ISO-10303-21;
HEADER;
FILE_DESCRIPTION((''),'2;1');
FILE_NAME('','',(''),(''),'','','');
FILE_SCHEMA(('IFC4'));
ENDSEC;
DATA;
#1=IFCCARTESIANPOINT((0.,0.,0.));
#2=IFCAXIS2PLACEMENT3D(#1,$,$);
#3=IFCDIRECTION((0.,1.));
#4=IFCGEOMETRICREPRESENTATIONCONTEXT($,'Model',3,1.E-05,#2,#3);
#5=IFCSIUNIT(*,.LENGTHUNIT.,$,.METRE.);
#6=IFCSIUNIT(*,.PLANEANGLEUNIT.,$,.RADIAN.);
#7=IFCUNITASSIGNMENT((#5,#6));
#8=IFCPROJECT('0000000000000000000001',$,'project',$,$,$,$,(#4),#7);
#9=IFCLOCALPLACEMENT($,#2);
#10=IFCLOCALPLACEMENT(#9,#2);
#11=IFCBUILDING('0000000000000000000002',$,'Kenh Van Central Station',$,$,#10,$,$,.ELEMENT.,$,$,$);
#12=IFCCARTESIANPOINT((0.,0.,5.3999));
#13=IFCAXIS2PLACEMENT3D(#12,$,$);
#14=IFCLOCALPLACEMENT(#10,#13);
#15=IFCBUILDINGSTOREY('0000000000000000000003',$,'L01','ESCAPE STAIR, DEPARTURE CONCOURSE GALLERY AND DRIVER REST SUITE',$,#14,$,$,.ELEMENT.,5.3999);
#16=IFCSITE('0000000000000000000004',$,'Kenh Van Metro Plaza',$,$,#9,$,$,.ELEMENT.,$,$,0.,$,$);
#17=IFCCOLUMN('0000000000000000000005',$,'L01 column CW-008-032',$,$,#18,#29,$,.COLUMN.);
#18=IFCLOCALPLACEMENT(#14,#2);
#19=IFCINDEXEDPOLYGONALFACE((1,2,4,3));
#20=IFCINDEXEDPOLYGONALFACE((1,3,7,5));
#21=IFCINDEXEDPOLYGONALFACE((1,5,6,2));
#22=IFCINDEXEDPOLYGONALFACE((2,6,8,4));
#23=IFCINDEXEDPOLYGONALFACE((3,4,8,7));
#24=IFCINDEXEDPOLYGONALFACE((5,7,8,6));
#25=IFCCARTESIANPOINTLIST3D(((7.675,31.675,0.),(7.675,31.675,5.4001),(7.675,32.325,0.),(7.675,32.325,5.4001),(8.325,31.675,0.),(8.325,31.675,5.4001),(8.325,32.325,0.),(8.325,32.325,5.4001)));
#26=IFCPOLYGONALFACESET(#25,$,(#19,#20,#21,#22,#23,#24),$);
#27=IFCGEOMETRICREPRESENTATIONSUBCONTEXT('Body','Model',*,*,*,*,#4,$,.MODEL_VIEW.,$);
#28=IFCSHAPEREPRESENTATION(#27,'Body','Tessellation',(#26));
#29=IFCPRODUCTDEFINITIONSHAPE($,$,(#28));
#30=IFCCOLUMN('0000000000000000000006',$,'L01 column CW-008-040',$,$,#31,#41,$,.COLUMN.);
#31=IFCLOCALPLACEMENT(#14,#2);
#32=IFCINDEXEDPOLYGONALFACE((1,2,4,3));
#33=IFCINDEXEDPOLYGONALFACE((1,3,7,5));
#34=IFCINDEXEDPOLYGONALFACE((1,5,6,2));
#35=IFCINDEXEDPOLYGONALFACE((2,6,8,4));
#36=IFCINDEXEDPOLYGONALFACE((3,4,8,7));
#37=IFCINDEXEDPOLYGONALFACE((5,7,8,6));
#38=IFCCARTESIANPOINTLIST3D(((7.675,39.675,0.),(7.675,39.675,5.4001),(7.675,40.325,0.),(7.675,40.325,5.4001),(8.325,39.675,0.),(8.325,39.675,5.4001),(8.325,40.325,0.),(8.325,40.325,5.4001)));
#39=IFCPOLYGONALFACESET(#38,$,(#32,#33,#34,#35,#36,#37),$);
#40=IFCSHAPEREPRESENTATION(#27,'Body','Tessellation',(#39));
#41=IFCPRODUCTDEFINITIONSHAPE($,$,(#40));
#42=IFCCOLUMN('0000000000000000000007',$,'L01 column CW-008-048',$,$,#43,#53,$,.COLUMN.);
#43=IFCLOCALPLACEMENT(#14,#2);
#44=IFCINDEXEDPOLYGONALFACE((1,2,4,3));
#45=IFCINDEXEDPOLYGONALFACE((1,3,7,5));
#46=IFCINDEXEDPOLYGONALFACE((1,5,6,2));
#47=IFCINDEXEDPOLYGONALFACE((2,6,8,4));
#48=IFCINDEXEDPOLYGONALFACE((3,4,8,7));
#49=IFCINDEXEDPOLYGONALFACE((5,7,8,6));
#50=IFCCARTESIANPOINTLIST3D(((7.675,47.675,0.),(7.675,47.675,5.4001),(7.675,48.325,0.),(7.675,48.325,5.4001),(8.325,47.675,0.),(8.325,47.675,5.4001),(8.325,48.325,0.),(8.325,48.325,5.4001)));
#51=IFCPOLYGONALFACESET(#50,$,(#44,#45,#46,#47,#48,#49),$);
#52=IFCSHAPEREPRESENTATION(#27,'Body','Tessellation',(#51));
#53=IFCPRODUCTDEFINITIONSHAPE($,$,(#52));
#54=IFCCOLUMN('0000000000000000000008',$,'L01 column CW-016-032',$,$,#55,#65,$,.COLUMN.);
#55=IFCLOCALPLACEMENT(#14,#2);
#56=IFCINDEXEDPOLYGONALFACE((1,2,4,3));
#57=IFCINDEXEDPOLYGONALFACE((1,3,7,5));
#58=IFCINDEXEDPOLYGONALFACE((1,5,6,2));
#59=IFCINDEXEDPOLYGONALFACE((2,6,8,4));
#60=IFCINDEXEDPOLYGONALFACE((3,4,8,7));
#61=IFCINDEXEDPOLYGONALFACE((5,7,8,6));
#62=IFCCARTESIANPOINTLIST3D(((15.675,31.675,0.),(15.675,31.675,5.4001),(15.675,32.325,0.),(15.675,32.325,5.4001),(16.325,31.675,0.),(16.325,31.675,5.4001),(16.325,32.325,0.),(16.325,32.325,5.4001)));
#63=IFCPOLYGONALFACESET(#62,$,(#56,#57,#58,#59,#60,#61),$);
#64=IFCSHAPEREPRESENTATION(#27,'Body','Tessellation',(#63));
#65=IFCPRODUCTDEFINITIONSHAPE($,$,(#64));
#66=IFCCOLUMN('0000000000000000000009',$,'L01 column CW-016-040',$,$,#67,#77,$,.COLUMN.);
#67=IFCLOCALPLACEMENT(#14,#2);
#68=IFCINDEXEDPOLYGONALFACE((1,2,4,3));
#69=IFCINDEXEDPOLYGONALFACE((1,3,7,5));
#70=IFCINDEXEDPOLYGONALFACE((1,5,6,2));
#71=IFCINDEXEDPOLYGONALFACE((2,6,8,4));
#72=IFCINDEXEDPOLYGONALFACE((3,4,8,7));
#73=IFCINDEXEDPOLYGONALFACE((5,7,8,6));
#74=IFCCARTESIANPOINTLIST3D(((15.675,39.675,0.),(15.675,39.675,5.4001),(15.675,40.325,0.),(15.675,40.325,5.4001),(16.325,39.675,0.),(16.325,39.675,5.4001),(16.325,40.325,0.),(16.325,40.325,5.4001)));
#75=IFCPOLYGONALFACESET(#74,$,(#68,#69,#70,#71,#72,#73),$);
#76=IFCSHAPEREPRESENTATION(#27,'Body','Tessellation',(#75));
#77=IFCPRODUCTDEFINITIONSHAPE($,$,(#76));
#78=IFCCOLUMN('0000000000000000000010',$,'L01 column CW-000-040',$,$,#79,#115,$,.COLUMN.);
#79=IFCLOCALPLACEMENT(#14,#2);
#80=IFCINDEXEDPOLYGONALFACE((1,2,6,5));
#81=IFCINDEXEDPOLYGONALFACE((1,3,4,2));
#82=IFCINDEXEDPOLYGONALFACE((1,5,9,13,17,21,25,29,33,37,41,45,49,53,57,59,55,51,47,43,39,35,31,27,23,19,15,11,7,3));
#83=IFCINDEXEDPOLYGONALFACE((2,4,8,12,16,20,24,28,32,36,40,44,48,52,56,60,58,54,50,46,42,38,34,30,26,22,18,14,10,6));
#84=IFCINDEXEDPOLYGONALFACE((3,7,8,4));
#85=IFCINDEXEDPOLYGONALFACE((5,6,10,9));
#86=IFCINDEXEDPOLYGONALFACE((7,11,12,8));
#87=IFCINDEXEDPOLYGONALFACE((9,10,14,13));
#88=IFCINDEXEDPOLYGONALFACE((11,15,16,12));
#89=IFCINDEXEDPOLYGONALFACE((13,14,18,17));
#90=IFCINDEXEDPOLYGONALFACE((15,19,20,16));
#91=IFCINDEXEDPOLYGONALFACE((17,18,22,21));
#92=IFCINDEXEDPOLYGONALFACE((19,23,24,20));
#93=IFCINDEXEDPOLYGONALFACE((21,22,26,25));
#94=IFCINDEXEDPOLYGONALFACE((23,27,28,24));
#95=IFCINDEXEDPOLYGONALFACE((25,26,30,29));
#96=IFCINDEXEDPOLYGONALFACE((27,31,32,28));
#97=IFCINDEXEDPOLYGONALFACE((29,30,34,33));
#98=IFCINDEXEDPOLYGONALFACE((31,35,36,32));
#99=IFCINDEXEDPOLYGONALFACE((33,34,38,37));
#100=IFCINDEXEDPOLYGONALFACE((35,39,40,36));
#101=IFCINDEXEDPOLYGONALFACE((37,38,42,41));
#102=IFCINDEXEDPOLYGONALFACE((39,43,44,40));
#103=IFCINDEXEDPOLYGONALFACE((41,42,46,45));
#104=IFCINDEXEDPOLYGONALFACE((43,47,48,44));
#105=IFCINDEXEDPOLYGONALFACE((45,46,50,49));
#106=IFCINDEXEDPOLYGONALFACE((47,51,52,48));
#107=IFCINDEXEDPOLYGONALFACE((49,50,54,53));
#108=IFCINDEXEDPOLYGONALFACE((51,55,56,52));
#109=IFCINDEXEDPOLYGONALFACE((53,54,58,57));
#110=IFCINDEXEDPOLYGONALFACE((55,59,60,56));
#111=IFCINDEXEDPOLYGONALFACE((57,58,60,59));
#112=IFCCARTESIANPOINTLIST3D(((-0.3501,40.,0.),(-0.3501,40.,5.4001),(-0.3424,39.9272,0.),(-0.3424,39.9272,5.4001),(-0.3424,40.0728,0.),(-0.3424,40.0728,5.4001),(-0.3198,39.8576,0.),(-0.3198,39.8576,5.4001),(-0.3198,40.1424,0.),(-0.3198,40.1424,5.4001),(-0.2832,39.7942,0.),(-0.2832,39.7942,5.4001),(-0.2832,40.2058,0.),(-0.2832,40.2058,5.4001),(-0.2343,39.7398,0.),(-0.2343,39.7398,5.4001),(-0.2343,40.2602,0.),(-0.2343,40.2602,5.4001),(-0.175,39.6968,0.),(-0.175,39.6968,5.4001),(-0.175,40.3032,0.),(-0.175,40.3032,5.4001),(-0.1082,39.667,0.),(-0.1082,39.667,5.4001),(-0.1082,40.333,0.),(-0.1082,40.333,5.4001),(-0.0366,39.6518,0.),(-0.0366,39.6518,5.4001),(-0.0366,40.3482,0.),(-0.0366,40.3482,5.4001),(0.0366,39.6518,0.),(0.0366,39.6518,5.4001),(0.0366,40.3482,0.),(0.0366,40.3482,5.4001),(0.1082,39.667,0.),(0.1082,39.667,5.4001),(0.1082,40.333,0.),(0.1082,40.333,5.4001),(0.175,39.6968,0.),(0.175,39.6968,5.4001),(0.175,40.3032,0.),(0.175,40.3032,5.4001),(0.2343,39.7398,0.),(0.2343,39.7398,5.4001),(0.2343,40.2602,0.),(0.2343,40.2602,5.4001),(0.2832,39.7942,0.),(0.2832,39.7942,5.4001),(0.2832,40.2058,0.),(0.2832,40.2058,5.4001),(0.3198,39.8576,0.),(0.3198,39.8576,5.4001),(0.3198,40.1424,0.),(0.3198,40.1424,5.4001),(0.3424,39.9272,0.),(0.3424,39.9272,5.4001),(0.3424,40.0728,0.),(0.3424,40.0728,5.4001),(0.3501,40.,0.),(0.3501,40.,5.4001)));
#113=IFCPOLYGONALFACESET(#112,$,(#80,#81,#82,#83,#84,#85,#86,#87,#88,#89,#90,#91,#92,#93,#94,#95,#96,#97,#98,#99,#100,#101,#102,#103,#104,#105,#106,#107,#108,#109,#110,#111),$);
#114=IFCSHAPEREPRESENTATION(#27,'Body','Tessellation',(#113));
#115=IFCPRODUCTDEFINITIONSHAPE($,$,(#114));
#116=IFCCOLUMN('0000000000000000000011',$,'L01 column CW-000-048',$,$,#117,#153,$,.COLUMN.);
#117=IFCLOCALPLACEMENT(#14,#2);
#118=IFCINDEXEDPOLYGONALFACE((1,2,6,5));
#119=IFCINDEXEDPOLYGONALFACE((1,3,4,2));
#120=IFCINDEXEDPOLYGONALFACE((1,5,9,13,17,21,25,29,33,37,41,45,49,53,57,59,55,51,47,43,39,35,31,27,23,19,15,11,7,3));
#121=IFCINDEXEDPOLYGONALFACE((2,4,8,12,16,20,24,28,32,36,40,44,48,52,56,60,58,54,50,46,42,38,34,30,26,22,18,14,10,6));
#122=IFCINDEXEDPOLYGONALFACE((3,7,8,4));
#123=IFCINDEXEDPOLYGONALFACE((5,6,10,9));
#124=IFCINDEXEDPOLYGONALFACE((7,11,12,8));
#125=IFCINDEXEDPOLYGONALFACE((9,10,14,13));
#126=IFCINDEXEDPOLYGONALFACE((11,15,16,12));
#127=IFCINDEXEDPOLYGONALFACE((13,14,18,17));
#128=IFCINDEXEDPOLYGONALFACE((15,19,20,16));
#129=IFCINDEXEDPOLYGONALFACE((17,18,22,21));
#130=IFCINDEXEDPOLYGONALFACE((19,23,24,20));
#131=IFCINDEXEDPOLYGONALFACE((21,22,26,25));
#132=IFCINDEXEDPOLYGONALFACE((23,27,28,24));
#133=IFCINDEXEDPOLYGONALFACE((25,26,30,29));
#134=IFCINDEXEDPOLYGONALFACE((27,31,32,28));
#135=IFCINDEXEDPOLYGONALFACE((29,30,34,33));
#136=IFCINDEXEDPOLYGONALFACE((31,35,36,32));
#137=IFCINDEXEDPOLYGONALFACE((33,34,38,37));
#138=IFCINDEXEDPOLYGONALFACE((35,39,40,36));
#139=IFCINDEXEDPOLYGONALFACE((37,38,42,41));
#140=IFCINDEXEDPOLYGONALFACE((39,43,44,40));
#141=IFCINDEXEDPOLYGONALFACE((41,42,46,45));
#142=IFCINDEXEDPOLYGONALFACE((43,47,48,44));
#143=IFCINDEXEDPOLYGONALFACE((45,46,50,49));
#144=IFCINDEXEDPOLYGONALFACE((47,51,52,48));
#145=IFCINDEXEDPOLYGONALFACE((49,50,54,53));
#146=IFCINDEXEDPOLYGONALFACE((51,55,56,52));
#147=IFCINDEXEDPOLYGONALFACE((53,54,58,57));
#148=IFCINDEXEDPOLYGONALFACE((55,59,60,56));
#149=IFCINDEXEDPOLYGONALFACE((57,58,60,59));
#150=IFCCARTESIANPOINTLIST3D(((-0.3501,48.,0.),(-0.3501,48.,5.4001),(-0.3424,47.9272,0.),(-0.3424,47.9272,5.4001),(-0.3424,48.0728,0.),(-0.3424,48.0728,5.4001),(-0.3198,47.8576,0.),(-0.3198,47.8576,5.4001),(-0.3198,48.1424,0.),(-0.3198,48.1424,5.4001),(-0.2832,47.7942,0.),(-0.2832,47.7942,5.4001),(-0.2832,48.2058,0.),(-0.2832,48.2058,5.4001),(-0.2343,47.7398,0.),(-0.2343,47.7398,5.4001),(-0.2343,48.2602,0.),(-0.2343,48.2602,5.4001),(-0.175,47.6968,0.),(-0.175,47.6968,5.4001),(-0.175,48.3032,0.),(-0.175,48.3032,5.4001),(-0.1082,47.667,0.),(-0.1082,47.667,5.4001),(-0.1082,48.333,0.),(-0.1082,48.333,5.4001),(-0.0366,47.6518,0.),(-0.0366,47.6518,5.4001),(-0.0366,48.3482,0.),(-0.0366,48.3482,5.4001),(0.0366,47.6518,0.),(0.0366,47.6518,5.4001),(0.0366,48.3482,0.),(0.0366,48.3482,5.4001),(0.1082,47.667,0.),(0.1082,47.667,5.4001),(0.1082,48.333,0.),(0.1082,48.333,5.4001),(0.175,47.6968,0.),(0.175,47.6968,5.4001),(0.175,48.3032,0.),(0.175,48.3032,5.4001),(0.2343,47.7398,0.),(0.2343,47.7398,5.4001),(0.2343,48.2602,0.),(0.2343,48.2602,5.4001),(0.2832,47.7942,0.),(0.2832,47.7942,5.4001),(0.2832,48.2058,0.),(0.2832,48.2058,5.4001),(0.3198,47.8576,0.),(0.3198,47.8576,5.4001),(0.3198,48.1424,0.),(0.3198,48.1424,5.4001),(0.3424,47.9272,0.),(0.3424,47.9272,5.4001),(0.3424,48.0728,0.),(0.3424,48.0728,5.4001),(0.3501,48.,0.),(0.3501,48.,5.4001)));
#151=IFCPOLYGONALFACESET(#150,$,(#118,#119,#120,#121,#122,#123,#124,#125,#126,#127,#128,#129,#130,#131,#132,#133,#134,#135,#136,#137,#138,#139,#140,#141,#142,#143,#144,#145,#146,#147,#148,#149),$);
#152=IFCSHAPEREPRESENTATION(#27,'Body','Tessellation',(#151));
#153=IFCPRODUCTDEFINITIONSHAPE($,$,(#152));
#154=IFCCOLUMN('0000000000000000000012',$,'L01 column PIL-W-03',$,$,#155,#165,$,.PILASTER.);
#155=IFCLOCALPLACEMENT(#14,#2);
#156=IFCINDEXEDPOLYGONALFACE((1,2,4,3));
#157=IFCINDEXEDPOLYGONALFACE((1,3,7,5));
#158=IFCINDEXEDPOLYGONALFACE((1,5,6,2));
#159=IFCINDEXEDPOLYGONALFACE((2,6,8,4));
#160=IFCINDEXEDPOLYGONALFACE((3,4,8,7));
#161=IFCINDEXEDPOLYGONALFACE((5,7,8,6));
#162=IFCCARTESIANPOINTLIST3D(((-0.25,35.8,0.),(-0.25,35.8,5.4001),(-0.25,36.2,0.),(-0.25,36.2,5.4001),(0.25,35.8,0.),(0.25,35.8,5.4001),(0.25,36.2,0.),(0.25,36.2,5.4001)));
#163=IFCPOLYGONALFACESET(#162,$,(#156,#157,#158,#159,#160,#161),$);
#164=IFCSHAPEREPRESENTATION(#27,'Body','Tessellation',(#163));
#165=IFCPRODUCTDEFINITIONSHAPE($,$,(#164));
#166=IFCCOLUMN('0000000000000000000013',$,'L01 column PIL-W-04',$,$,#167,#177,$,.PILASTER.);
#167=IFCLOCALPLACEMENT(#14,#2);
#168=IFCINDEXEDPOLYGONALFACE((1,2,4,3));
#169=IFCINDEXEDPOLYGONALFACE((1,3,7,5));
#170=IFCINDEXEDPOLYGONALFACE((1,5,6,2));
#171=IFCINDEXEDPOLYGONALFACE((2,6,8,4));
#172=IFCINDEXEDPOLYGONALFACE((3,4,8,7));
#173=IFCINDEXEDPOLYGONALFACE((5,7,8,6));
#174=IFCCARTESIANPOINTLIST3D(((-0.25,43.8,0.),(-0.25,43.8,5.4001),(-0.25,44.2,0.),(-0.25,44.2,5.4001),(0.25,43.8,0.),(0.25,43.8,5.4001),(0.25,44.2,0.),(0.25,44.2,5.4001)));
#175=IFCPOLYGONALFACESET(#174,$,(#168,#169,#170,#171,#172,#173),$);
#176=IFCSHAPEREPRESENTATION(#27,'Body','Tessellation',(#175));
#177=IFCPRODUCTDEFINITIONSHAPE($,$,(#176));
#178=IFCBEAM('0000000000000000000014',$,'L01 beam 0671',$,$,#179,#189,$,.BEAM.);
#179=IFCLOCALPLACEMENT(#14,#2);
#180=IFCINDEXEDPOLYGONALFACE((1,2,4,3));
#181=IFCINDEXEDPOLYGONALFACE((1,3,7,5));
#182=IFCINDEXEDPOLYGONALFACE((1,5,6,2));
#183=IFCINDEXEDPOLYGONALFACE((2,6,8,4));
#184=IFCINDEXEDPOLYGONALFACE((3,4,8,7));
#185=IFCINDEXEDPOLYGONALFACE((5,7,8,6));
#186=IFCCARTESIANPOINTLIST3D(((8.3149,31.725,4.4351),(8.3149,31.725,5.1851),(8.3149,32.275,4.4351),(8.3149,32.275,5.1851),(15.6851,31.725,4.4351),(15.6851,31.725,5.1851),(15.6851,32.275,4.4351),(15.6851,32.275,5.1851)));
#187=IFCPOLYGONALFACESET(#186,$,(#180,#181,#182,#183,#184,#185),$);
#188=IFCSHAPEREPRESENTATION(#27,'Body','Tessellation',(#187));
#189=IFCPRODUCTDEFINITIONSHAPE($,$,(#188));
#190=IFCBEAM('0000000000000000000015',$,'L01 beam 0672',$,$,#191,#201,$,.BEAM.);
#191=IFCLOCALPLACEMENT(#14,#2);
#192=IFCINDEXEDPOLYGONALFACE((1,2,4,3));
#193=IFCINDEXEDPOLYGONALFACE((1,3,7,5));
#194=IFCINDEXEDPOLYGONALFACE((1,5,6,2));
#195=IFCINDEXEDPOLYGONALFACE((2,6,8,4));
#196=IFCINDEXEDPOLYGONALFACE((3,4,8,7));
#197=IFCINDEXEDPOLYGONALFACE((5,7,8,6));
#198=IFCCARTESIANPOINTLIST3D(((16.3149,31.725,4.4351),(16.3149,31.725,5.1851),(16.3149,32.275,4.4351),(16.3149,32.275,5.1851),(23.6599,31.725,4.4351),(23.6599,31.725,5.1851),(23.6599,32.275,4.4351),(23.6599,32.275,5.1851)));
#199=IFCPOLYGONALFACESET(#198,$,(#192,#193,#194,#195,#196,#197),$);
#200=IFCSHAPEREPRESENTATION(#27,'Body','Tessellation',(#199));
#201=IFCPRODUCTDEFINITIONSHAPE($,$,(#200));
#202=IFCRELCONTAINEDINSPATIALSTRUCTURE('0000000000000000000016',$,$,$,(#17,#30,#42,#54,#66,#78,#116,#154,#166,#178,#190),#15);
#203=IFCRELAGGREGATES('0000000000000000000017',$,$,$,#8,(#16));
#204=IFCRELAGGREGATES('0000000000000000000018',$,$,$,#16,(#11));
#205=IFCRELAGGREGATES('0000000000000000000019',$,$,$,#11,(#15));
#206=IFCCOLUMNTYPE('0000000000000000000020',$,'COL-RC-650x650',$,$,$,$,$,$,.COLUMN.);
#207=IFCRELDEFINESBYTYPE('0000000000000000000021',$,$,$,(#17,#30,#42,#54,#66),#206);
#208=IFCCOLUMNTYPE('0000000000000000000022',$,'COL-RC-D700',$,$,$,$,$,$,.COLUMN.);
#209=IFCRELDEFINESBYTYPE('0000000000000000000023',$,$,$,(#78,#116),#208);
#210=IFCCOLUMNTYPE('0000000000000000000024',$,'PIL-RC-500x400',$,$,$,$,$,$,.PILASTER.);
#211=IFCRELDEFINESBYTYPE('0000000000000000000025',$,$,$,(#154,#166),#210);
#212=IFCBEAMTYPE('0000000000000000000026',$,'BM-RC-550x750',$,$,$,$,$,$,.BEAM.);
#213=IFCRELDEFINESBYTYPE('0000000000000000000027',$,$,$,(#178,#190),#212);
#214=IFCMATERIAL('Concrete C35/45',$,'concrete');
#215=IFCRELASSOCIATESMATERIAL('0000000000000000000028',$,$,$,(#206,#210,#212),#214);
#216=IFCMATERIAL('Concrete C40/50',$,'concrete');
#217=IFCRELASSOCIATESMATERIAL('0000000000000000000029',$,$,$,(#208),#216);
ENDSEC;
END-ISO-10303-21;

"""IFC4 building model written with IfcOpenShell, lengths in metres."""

from ifc_helpers import new_model, si_unit, direction, frame, origin, origin_2d, place, context, subcontext, project, spatial, rectangle, circle, extrude, material, material_profile, profile_set, type_object, element, save


model = new_model("IFC4")

# Units and contexts
model_context = context("Model", 3, precision=1e-05, world=origin(), true_north=direction((0.0, 1.0)))
body_context = subcontext(model_context, "Body", "Model", "MODEL_VIEW")
ifc_project = project(units=[si_unit("LENGTHUNIT", "METRE"), si_unit("PLANEANGLEUNIT", "RADIAN")], contexts=[model_context])

# Site, building, storey
site_placement = place(None, origin())
site = spatial("IfcSite", under=ifc_project, at=site_placement, Name="Kenh Van Metro Plaza", CompositionType="ELEMENT", RefElevation=0.0)
building_placement = place(site_placement, origin())
building = spatial("IfcBuilding", under=site, at=building_placement, Name="Kenh Van Central Station", CompositionType="ELEMENT")
storey_placement = place(building_placement, frame((0.0, 0.0, 5.3999)))
storey = spatial("IfcBuildingStorey", under=building, at=storey_placement, Name="L01", Description="ESCAPE STAIR, DEPARTURE CONCOURSE GALLERY AND DRIVER REST SUITE", CompositionType="ELEMENT", Elevation=5.3999)

# Columns
ifc_material_1 = material(Name="Concrete C35/45", Category="concrete")
ifc_material_profile_1 = material_profile(ifc_material_1, rectangle(XDim=0.6499, YDim=0.6499, at=origin_2d()), Name="RC 650x650")
ifc_profile_set_1 = profile_set([ifc_material_profile_1], Name="Concrete C35/45")
column_type_1 = type_object("IfcColumnType", Name="COL-RC-650x650", PredefinedType="COLUMN", material=ifc_profile_set_1)
for number, where, z_axis, x_axis, name in (
    (1, (8.0, 32.0, 0.0), (0.0, 0.0, 1.0), (1.0, 0.0, 0.0), "L01 column CW-008-032"),
    (2, (8.0, 40.0, 0.0), (0.0, 0.0, 1.0), (1.0, 0.0, 0.0), "L01 column CW-008-040"),
    (3, (8.0, 48.0, 0.0), (0.0, 0.0, 1.0), (1.0, 0.0, 0.0), "L01 column CW-008-048"),
    (4, (16.0, 32.0, 0.0), (0.0, 0.0, 1.0), (1.0, 0.0, 0.0), "L01 column CW-016-032"),
    (5, (16.0, 40.0, 0.0), (0.0, 0.0, 1.0), (1.0, 0.0, 0.0), "L01 column CW-016-040"),
):
    element("IfcColumn", number, at=place(storey_placement, frame(where, z_axis=z_axis, x_axis=x_axis)), inside=storey, type_object=column_type_1, Name=name, PredefinedType="COLUMN", context=body_context, shape_type="SweptSolid", body=[
        extrude(rectangle(XDim=0.6499, YDim=0.6499, at=origin_2d()), origin(), (0.0, 0.0, 1.0), 5.4001),
    ])
ifc_material_2 = material(Name="Concrete C40/50", Category="concrete")
ifc_material_profile_2 = material_profile(ifc_material_2, circle(Radius=0.3501, at=origin_2d()), Name="RC D700")
ifc_profile_set_2 = profile_set([ifc_material_profile_2], Name="Concrete C40/50")
column_type_2 = type_object("IfcColumnType", Name="COL-RC-D700", PredefinedType="COLUMN", material=ifc_profile_set_2)
for number, where, z_axis, x_axis, name in (
    (6, (0.0, 40.0, 0.0), (0.0, 0.0, 1.0), (1.0, 0.0, 0.0), "L01 column CW-000-040"),
    (7, (0.0, 48.0, 0.0), (0.0, 0.0, 1.0), (1.0, 0.0, 0.0), "L01 column CW-000-048"),
):
    element("IfcColumn", number, at=place(storey_placement, frame(where, z_axis=z_axis, x_axis=x_axis)), inside=storey, type_object=column_type_2, Name=name, PredefinedType="COLUMN", context=body_context, shape_type="SweptSolid", body=[
        extrude(circle(Radius=0.3501, at=origin_2d()), origin(), (0.0, 0.0, 1.0), 5.4001),
    ])
ifc_material_profile_3 = material_profile(ifc_material_1, rectangle(XDim=0.5, YDim=0.3999, at=origin_2d()), Name="RC 500x400")
ifc_profile_set_3 = profile_set([ifc_material_profile_3], Name="Concrete C35/45")
column_type_3 = type_object("IfcColumnType", Name="PIL-RC-500x400", PredefinedType="PILASTER", material=ifc_profile_set_3)
for number, where, z_axis, x_axis, name in (
    (8, (0.0, 36.0, 0.0), (0.0, 0.0, 1.0), (1.0, 0.0, 0.0), "L01 column PIL-W-03"),
    (9, (0.0, 44.0, 0.0), (0.0, 0.0, 1.0), (1.0, 0.0, 0.0), "L01 column PIL-W-04"),
):
    element("IfcColumn", number, at=place(storey_placement, frame(where, z_axis=z_axis, x_axis=x_axis)), inside=storey, type_object=column_type_3, Name=name, PredefinedType="PILASTER", context=body_context, shape_type="SweptSolid", body=[
        extrude(rectangle(XDim=0.5, YDim=0.3999, at=origin_2d()), origin(), (0.0, 0.0, 1.0), 5.4001),
    ])

# Beams
ifc_material_profile_4 = material_profile(ifc_material_1, rectangle(XDim=0.55, YDim=0.75, at=origin_2d()), Name="RC 550x750")
ifc_profile_set_4 = profile_set([ifc_material_profile_4], Name="Concrete C35/45")
beam_type_1 = type_object("IfcBeamType", Name="BM-RC-550x750", PredefinedType="BEAM", material=ifc_profile_set_4)
beam_1_placement = place(storey_placement, frame((8.3149, 32.0, 4.8101), z_axis=(1.0, 0.0, 0.0), x_axis=(0.0, 1.0, 0.0)))
element("IfcBeam", 10, at=beam_1_placement, inside=storey, type_object=beam_type_1, Name="L01 beam 0671", PredefinedType="BEAM", context=body_context, shape_type="SweptSolid", body=[
    extrude(rectangle(XDim=0.55, YDim=0.75, at=origin_2d()), origin(), (0.0, 0.0, 1.0), 7.3701),
])
beam_2_placement = place(storey_placement, frame((16.3149, 32.0, 4.8101), z_axis=(1.0, 0.0, 0.0), x_axis=(0.0, 1.0, 0.0)))
element("IfcBeam", 11, at=beam_2_placement, inside=storey, type_object=beam_type_1, Name="L01 beam 0672", PredefinedType="BEAM", context=body_context, shape_type="SweptSolid", body=[
    extrude(rectangle(XDim=0.55, YDim=0.75, at=origin_2d()), origin(), (0.0, 0.0, 1.0), 7.345),
])

save(model, "model.ifc")
